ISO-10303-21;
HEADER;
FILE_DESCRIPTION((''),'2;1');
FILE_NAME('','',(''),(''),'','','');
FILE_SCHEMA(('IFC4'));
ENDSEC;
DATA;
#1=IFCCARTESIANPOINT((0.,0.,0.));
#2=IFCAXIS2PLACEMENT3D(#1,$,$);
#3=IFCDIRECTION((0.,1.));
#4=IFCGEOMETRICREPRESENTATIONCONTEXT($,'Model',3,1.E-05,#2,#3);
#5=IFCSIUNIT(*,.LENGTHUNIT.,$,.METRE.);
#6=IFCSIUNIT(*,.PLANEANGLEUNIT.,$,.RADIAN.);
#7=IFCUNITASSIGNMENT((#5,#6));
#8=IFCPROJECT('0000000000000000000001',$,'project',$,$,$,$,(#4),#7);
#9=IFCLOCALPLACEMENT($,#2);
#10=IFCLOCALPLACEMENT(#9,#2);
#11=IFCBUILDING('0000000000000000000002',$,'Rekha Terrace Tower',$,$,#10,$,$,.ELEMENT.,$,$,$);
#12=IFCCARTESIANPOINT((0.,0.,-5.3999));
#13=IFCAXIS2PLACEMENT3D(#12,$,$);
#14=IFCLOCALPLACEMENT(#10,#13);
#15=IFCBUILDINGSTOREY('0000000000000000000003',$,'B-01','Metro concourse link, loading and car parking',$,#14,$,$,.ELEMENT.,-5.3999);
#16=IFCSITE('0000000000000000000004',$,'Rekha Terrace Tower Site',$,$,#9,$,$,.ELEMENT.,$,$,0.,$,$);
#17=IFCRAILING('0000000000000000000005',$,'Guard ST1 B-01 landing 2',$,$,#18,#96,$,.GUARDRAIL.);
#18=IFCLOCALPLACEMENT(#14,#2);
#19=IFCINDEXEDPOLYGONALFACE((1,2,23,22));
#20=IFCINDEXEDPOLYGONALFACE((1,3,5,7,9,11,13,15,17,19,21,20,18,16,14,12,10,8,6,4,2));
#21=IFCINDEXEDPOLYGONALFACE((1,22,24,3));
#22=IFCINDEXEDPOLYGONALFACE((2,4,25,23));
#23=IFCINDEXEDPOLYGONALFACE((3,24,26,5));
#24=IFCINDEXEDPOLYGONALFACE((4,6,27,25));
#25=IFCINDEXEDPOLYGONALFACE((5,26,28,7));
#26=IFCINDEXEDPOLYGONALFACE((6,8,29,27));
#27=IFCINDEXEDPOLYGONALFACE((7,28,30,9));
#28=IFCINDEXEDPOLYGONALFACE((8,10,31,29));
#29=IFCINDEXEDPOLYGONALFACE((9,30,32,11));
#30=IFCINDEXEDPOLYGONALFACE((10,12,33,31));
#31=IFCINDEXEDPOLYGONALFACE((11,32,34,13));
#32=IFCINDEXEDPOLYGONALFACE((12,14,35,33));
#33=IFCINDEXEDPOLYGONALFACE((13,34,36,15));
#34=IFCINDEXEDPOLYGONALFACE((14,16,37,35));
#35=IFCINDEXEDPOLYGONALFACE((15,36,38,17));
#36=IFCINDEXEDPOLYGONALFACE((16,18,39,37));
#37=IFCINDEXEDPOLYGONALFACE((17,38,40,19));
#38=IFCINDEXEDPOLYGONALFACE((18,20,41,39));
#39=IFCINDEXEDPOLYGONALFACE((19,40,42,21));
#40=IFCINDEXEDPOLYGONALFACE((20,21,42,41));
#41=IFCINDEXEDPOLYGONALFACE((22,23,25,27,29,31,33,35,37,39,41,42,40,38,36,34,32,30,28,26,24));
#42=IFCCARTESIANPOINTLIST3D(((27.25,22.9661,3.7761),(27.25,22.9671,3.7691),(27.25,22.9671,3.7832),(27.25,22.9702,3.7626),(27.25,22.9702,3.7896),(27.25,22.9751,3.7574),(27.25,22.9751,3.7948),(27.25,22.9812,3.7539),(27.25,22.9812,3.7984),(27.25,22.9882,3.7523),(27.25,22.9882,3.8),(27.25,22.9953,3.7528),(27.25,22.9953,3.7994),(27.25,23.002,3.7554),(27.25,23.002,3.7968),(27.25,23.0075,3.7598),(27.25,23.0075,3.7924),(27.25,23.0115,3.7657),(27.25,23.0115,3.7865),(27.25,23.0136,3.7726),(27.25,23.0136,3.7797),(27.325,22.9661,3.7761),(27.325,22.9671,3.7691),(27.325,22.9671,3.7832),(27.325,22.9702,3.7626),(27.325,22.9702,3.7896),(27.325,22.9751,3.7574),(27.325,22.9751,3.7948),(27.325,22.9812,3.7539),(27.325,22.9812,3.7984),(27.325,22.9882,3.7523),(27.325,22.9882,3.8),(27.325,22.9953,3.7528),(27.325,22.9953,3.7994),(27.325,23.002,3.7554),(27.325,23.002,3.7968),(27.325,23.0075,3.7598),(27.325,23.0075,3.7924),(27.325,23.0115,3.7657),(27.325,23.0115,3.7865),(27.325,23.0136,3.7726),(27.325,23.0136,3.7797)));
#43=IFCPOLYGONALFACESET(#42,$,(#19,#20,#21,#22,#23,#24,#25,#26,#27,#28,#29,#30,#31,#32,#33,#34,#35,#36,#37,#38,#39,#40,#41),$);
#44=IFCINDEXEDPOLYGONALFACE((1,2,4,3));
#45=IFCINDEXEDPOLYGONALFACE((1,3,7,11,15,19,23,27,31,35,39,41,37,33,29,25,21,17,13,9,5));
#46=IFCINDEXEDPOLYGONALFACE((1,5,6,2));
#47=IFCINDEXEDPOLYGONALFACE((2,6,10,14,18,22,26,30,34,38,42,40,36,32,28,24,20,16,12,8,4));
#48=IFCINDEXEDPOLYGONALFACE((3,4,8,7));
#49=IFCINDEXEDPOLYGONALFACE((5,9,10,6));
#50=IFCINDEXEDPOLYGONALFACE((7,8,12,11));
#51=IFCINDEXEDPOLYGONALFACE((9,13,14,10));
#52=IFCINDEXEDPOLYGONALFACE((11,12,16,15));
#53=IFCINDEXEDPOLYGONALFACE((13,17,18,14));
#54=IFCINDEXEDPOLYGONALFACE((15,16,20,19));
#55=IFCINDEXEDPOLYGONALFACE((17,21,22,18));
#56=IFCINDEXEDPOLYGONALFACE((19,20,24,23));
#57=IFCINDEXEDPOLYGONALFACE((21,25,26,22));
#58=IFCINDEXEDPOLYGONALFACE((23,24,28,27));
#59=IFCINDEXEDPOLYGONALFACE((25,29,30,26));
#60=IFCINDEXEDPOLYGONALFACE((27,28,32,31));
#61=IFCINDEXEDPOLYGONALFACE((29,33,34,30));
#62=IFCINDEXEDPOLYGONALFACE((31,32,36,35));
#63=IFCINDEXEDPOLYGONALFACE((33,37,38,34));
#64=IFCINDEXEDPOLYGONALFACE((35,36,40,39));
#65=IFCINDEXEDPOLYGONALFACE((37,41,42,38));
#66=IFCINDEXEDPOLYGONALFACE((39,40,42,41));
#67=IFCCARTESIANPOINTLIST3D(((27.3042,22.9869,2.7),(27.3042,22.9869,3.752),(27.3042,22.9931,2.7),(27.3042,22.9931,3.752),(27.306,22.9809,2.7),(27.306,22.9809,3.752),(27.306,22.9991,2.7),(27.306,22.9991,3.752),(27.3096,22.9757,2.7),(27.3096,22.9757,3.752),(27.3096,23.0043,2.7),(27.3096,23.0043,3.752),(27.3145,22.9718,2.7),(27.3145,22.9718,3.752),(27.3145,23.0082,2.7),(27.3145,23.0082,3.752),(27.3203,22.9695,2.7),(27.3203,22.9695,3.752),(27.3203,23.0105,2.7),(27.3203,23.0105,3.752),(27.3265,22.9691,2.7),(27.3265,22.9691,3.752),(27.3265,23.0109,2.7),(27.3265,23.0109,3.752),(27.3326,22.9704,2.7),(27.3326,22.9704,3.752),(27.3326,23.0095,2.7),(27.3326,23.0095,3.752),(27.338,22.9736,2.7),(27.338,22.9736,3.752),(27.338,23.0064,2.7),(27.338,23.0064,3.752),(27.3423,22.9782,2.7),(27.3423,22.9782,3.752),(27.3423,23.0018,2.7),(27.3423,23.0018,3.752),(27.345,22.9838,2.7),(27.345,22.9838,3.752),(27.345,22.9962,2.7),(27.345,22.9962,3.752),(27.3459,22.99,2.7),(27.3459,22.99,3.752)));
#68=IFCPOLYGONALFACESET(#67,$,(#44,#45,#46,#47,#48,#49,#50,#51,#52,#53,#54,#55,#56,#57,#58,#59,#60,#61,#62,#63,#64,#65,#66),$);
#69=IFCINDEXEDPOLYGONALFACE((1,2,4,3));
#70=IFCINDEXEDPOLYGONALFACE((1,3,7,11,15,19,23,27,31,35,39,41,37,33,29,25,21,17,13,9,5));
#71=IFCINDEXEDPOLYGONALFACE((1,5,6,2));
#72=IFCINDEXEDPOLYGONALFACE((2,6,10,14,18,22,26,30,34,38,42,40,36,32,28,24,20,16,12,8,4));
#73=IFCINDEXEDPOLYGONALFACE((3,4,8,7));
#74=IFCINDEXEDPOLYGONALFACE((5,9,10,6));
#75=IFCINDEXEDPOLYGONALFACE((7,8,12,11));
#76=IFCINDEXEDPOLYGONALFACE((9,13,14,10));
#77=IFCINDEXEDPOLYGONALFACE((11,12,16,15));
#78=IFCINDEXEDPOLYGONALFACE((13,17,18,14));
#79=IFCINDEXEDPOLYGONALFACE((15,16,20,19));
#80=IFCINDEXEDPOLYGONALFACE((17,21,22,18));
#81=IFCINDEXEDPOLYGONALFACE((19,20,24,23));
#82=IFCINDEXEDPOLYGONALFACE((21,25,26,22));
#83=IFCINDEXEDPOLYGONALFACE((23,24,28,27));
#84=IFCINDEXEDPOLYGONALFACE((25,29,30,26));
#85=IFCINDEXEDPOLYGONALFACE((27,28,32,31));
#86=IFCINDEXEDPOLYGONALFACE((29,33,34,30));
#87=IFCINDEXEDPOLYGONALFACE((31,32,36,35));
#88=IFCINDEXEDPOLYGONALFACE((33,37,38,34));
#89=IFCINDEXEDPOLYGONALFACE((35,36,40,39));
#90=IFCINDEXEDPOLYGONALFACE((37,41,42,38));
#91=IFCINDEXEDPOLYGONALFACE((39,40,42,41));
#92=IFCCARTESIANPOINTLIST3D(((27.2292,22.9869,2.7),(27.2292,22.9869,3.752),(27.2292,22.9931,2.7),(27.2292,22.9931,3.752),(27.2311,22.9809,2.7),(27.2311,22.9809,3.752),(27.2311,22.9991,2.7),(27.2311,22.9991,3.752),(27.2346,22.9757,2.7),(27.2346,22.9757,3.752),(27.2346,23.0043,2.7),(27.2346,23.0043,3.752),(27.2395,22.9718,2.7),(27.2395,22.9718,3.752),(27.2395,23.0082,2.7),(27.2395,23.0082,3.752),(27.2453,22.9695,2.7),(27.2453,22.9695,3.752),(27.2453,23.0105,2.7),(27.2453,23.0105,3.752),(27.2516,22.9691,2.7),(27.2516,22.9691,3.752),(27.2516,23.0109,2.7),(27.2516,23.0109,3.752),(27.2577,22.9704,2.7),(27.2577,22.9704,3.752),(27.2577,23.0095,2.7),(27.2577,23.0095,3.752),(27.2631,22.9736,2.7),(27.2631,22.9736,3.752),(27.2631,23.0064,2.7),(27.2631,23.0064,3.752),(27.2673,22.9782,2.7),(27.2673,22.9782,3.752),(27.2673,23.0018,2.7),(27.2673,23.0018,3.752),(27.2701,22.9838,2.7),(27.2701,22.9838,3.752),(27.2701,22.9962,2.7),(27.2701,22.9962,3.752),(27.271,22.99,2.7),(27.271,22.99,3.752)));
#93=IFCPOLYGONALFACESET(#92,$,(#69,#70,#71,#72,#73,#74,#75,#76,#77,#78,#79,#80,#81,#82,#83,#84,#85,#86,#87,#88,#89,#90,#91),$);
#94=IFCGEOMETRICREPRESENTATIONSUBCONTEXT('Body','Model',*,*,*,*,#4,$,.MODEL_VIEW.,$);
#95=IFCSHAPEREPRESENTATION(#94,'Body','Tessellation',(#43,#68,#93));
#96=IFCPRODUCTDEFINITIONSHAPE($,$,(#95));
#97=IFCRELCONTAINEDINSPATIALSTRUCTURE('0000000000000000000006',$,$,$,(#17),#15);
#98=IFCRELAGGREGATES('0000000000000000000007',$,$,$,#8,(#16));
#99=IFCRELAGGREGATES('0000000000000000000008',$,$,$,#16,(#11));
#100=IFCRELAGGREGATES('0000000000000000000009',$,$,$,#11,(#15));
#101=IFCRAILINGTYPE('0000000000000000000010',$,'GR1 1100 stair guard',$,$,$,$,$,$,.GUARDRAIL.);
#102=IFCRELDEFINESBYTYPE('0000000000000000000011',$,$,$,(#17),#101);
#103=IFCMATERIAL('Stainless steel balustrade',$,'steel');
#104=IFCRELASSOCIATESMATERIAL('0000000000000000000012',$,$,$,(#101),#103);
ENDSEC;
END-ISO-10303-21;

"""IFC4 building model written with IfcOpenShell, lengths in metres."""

from ifc_helpers import new_model, si_unit, direction, frame, origin, origin_2d, place, context, subcontext, project, spatial, circle, extrude, material, type_object, element, save


model = new_model("IFC4")

# Units and contexts
model_context = context("Model", 3, precision=1e-05, world=origin(), true_north=direction((0.0, 1.0)))
body_context = subcontext(model_context, "Body", "Model", "MODEL_VIEW")
ifc_project = project(units=[si_unit("LENGTHUNIT", "METRE"), si_unit("PLANEANGLEUNIT", "RADIAN")], contexts=[model_context])

# Site, building, storey
site_placement = place(None, origin())
site = spatial("IfcSite", under=ifc_project, at=site_placement, Name="Rekha Terrace Tower Site", CompositionType="ELEMENT", RefElevation=0.0)
building_placement = place(site_placement, origin())
building = spatial("IfcBuilding", under=site, at=building_placement, Name="Rekha Terrace Tower", CompositionType="ELEMENT")
storey_placement = place(building_placement, frame((0.0, 0.0, -5.3999)))
storey = spatial("IfcBuildingStorey", under=building, at=storey_placement, Name="B-01", Description="Metro concourse link, loading and car parking", CompositionType="ELEMENT", Elevation=-5.3999)

# Railing
ifc_material_1 = material(Name="Stainless steel balustrade", Category="steel")
railing_type_1 = type_object("IfcRailingType", Name="GR1 1100 stair guard", PredefinedType="GUARDRAIL", material=ifc_material_1)
railing_1_placement = place(storey_placement, frame((27.325, 22.99, 2.7)))
element("IfcRailing", 1, at=railing_1_placement, inside=storey, type_object=railing_type_1, Name="Guard ST1 B-01 landing 2", PredefinedType="GUARDRAIL", context=body_context, shape_type="SweptSolid", body=[
    extrude(circle(Radius=0.0239, at=origin_2d()), frame((0.0, 0.0, 1.0762), z_axis=(-1.0, 0.0, 0.0), x_axis=(0.0, -1.0, 0.0)), (0.0, 0.0, 1.0), 0.075),
    extrude(circle(Radius=0.021, at=origin_2d()), origin(), (0.0, 0.0, 1.0), 1.052),
    extrude(circle(Radius=0.021, at=origin_2d()), frame((-0.075, 0.0, 0.0)), (0.0, 0.0, 1.0), 1.052),
])

save(model, "model.ifc")
